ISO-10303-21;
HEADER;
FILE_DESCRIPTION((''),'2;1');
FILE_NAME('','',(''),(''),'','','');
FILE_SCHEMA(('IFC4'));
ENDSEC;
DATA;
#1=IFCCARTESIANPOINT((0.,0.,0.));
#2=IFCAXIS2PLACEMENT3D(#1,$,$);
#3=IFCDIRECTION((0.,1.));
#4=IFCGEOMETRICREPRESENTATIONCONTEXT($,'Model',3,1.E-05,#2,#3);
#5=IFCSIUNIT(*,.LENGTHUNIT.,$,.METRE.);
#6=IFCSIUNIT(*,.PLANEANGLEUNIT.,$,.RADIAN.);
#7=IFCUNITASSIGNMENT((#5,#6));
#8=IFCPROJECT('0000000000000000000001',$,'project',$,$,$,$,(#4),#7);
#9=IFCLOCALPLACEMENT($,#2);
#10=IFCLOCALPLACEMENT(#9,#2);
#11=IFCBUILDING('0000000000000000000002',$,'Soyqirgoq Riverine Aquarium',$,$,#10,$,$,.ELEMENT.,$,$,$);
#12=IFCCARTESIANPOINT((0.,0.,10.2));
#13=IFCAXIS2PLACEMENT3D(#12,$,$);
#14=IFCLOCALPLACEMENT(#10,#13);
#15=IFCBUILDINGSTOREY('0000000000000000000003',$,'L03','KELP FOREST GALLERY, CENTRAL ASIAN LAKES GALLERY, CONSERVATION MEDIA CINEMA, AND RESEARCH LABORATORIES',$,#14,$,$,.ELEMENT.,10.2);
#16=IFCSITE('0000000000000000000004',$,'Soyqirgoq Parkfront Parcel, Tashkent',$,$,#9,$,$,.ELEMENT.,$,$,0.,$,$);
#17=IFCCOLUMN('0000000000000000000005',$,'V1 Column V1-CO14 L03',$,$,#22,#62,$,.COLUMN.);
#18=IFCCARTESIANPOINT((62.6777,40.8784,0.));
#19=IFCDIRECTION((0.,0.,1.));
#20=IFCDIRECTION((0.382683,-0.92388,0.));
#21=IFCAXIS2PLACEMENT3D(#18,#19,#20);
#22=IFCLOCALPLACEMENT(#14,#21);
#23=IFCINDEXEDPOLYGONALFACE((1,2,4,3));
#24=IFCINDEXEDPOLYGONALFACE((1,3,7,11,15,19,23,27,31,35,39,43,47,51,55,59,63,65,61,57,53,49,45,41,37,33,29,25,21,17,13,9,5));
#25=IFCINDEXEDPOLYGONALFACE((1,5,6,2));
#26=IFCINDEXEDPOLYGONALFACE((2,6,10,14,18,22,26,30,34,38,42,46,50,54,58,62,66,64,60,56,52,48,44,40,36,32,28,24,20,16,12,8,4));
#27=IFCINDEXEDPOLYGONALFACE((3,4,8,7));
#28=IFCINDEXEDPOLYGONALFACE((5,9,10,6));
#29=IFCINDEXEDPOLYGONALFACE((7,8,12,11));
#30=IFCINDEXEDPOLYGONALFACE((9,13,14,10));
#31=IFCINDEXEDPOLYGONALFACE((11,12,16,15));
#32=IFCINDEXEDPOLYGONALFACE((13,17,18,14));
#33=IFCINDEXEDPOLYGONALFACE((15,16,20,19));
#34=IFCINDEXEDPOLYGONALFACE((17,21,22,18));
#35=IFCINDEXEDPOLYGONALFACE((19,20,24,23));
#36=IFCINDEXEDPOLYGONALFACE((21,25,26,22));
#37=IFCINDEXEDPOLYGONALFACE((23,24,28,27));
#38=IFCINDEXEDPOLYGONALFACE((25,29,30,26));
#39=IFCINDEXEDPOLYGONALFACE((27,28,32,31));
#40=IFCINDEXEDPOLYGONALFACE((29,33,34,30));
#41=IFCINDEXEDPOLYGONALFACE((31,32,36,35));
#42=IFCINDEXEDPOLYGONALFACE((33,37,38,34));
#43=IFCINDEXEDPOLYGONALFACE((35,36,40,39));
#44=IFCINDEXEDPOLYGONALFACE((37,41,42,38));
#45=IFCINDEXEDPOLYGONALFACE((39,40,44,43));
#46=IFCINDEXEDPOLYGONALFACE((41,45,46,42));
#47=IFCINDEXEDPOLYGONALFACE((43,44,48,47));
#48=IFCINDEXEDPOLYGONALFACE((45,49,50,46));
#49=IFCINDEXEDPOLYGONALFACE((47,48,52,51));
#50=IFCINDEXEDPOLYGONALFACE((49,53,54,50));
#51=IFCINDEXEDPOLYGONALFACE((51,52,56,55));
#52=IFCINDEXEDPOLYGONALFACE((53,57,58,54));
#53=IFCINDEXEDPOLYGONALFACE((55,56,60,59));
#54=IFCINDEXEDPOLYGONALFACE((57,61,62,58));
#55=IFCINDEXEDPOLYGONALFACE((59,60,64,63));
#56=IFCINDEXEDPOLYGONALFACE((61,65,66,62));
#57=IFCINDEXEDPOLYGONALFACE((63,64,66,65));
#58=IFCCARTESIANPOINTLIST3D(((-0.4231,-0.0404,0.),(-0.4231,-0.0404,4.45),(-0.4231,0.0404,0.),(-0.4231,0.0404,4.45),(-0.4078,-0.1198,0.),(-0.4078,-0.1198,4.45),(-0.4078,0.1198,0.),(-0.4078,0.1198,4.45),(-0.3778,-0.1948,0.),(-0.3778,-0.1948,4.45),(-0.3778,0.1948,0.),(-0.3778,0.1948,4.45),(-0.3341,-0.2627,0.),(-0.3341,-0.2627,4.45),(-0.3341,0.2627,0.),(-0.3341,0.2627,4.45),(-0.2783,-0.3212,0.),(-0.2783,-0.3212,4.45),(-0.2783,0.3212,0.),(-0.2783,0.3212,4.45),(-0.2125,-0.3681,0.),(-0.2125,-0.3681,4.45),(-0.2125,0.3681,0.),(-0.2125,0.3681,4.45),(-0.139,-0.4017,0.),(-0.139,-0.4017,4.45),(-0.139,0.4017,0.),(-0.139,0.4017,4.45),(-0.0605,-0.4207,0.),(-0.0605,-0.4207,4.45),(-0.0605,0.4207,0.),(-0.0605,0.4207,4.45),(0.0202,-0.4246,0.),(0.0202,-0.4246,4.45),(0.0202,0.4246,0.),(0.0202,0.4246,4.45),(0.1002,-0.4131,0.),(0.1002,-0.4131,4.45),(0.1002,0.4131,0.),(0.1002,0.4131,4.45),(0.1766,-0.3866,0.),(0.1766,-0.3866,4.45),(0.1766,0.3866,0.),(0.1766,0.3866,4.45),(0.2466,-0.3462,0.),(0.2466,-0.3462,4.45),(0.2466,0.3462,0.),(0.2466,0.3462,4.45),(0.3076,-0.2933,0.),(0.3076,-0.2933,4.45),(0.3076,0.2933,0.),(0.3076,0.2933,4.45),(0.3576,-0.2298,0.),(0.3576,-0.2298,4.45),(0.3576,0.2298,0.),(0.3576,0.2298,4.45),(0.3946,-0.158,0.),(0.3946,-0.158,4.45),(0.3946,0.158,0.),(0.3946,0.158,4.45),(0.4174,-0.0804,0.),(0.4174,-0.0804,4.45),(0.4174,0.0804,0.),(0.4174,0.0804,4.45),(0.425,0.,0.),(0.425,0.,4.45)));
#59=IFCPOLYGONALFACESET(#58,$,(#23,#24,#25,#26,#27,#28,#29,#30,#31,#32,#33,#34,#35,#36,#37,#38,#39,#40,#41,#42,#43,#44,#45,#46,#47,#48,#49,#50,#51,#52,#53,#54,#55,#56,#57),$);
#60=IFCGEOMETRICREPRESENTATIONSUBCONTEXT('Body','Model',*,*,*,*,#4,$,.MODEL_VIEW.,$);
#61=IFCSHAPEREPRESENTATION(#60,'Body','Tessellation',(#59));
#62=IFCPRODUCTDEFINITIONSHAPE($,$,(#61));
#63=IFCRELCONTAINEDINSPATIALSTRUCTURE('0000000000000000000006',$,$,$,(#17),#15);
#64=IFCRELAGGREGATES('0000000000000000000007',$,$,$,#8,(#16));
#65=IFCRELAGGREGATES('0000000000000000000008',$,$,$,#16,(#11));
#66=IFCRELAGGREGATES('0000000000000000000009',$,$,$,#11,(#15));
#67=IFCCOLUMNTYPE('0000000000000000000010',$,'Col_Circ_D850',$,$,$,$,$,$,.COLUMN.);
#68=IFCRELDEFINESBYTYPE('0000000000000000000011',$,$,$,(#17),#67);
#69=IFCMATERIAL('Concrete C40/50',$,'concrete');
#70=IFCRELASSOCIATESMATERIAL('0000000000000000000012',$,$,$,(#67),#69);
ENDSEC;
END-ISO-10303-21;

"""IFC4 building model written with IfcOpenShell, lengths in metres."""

from ifc_helpers import new_model, si_unit, direction, frame, origin, origin_2d, place, context, subcontext, project, spatial, circle, extrude, material, material_profile, profile_set, type_object, element, save


model = new_model("IFC4")

# Units and contexts
model_context = context("Model", 3, precision=1e-05, world=origin(), true_north=direction((0.0, 1.0)))
body_context = subcontext(model_context, "Body", "Model", "MODEL_VIEW")
ifc_project = project(units=[si_unit("LENGTHUNIT", "METRE"), si_unit("PLANEANGLEUNIT", "RADIAN")], contexts=[model_context])

# Site, building, storey
site_placement = place(None, origin())
site = spatial("IfcSite", under=ifc_project, at=site_placement, Name="Soyqirgoq Parkfront Parcel, Tashkent", CompositionType="ELEMENT", RefElevation=0.0)
building_placement = place(site_placement, origin())
building = spatial("IfcBuilding", under=site, at=building_placement, Name="Soyqirgoq Riverine Aquarium", CompositionType="ELEMENT")
storey_placement = place(building_placement, frame((0.0, 0.0, 10.2)))
storey = spatial("IfcBuildingStorey", under=building, at=storey_placement, Name="L03", Description="KELP FOREST GALLERY, CENTRAL ASIAN LAKES GALLERY, CONSERVATION MEDIA CINEMA, AND RESEARCH LABORATORIES", CompositionType="ELEMENT", Elevation=10.2)

# Column
ifc_material_1 = material(Name="Concrete C40/50", Category="concrete")
ifc_material_profile_1 = material_profile(ifc_material_1, circle(Radius=0.425, at=origin_2d()), Name="RC-COL D850")
ifc_profile_set_1 = profile_set([ifc_material_profile_1], Name="Concrete C40/50")
column_type = type_object("IfcColumnType", Name="Col_Circ_D850", PredefinedType="COLUMN", material=ifc_profile_set_1)
column_placement = place(storey_placement, frame((62.6777, 40.8784, 0.0), z_axis=(0.0, 0.0, 1.0), x_axis=(0.382683, -0.92388, 0.0)))
element("IfcColumn", 1, at=column_placement, inside=storey, type_object=column_type, Name="V1 Column V1-CO14 L03", PredefinedType="COLUMN", context=body_context, shape_type="SweptSolid", body=[
    extrude(circle(Radius=0.425, at=origin_2d()), origin(), (0.0, 0.0, 1.0), 4.45),
])

save(model, "model.ifc")
